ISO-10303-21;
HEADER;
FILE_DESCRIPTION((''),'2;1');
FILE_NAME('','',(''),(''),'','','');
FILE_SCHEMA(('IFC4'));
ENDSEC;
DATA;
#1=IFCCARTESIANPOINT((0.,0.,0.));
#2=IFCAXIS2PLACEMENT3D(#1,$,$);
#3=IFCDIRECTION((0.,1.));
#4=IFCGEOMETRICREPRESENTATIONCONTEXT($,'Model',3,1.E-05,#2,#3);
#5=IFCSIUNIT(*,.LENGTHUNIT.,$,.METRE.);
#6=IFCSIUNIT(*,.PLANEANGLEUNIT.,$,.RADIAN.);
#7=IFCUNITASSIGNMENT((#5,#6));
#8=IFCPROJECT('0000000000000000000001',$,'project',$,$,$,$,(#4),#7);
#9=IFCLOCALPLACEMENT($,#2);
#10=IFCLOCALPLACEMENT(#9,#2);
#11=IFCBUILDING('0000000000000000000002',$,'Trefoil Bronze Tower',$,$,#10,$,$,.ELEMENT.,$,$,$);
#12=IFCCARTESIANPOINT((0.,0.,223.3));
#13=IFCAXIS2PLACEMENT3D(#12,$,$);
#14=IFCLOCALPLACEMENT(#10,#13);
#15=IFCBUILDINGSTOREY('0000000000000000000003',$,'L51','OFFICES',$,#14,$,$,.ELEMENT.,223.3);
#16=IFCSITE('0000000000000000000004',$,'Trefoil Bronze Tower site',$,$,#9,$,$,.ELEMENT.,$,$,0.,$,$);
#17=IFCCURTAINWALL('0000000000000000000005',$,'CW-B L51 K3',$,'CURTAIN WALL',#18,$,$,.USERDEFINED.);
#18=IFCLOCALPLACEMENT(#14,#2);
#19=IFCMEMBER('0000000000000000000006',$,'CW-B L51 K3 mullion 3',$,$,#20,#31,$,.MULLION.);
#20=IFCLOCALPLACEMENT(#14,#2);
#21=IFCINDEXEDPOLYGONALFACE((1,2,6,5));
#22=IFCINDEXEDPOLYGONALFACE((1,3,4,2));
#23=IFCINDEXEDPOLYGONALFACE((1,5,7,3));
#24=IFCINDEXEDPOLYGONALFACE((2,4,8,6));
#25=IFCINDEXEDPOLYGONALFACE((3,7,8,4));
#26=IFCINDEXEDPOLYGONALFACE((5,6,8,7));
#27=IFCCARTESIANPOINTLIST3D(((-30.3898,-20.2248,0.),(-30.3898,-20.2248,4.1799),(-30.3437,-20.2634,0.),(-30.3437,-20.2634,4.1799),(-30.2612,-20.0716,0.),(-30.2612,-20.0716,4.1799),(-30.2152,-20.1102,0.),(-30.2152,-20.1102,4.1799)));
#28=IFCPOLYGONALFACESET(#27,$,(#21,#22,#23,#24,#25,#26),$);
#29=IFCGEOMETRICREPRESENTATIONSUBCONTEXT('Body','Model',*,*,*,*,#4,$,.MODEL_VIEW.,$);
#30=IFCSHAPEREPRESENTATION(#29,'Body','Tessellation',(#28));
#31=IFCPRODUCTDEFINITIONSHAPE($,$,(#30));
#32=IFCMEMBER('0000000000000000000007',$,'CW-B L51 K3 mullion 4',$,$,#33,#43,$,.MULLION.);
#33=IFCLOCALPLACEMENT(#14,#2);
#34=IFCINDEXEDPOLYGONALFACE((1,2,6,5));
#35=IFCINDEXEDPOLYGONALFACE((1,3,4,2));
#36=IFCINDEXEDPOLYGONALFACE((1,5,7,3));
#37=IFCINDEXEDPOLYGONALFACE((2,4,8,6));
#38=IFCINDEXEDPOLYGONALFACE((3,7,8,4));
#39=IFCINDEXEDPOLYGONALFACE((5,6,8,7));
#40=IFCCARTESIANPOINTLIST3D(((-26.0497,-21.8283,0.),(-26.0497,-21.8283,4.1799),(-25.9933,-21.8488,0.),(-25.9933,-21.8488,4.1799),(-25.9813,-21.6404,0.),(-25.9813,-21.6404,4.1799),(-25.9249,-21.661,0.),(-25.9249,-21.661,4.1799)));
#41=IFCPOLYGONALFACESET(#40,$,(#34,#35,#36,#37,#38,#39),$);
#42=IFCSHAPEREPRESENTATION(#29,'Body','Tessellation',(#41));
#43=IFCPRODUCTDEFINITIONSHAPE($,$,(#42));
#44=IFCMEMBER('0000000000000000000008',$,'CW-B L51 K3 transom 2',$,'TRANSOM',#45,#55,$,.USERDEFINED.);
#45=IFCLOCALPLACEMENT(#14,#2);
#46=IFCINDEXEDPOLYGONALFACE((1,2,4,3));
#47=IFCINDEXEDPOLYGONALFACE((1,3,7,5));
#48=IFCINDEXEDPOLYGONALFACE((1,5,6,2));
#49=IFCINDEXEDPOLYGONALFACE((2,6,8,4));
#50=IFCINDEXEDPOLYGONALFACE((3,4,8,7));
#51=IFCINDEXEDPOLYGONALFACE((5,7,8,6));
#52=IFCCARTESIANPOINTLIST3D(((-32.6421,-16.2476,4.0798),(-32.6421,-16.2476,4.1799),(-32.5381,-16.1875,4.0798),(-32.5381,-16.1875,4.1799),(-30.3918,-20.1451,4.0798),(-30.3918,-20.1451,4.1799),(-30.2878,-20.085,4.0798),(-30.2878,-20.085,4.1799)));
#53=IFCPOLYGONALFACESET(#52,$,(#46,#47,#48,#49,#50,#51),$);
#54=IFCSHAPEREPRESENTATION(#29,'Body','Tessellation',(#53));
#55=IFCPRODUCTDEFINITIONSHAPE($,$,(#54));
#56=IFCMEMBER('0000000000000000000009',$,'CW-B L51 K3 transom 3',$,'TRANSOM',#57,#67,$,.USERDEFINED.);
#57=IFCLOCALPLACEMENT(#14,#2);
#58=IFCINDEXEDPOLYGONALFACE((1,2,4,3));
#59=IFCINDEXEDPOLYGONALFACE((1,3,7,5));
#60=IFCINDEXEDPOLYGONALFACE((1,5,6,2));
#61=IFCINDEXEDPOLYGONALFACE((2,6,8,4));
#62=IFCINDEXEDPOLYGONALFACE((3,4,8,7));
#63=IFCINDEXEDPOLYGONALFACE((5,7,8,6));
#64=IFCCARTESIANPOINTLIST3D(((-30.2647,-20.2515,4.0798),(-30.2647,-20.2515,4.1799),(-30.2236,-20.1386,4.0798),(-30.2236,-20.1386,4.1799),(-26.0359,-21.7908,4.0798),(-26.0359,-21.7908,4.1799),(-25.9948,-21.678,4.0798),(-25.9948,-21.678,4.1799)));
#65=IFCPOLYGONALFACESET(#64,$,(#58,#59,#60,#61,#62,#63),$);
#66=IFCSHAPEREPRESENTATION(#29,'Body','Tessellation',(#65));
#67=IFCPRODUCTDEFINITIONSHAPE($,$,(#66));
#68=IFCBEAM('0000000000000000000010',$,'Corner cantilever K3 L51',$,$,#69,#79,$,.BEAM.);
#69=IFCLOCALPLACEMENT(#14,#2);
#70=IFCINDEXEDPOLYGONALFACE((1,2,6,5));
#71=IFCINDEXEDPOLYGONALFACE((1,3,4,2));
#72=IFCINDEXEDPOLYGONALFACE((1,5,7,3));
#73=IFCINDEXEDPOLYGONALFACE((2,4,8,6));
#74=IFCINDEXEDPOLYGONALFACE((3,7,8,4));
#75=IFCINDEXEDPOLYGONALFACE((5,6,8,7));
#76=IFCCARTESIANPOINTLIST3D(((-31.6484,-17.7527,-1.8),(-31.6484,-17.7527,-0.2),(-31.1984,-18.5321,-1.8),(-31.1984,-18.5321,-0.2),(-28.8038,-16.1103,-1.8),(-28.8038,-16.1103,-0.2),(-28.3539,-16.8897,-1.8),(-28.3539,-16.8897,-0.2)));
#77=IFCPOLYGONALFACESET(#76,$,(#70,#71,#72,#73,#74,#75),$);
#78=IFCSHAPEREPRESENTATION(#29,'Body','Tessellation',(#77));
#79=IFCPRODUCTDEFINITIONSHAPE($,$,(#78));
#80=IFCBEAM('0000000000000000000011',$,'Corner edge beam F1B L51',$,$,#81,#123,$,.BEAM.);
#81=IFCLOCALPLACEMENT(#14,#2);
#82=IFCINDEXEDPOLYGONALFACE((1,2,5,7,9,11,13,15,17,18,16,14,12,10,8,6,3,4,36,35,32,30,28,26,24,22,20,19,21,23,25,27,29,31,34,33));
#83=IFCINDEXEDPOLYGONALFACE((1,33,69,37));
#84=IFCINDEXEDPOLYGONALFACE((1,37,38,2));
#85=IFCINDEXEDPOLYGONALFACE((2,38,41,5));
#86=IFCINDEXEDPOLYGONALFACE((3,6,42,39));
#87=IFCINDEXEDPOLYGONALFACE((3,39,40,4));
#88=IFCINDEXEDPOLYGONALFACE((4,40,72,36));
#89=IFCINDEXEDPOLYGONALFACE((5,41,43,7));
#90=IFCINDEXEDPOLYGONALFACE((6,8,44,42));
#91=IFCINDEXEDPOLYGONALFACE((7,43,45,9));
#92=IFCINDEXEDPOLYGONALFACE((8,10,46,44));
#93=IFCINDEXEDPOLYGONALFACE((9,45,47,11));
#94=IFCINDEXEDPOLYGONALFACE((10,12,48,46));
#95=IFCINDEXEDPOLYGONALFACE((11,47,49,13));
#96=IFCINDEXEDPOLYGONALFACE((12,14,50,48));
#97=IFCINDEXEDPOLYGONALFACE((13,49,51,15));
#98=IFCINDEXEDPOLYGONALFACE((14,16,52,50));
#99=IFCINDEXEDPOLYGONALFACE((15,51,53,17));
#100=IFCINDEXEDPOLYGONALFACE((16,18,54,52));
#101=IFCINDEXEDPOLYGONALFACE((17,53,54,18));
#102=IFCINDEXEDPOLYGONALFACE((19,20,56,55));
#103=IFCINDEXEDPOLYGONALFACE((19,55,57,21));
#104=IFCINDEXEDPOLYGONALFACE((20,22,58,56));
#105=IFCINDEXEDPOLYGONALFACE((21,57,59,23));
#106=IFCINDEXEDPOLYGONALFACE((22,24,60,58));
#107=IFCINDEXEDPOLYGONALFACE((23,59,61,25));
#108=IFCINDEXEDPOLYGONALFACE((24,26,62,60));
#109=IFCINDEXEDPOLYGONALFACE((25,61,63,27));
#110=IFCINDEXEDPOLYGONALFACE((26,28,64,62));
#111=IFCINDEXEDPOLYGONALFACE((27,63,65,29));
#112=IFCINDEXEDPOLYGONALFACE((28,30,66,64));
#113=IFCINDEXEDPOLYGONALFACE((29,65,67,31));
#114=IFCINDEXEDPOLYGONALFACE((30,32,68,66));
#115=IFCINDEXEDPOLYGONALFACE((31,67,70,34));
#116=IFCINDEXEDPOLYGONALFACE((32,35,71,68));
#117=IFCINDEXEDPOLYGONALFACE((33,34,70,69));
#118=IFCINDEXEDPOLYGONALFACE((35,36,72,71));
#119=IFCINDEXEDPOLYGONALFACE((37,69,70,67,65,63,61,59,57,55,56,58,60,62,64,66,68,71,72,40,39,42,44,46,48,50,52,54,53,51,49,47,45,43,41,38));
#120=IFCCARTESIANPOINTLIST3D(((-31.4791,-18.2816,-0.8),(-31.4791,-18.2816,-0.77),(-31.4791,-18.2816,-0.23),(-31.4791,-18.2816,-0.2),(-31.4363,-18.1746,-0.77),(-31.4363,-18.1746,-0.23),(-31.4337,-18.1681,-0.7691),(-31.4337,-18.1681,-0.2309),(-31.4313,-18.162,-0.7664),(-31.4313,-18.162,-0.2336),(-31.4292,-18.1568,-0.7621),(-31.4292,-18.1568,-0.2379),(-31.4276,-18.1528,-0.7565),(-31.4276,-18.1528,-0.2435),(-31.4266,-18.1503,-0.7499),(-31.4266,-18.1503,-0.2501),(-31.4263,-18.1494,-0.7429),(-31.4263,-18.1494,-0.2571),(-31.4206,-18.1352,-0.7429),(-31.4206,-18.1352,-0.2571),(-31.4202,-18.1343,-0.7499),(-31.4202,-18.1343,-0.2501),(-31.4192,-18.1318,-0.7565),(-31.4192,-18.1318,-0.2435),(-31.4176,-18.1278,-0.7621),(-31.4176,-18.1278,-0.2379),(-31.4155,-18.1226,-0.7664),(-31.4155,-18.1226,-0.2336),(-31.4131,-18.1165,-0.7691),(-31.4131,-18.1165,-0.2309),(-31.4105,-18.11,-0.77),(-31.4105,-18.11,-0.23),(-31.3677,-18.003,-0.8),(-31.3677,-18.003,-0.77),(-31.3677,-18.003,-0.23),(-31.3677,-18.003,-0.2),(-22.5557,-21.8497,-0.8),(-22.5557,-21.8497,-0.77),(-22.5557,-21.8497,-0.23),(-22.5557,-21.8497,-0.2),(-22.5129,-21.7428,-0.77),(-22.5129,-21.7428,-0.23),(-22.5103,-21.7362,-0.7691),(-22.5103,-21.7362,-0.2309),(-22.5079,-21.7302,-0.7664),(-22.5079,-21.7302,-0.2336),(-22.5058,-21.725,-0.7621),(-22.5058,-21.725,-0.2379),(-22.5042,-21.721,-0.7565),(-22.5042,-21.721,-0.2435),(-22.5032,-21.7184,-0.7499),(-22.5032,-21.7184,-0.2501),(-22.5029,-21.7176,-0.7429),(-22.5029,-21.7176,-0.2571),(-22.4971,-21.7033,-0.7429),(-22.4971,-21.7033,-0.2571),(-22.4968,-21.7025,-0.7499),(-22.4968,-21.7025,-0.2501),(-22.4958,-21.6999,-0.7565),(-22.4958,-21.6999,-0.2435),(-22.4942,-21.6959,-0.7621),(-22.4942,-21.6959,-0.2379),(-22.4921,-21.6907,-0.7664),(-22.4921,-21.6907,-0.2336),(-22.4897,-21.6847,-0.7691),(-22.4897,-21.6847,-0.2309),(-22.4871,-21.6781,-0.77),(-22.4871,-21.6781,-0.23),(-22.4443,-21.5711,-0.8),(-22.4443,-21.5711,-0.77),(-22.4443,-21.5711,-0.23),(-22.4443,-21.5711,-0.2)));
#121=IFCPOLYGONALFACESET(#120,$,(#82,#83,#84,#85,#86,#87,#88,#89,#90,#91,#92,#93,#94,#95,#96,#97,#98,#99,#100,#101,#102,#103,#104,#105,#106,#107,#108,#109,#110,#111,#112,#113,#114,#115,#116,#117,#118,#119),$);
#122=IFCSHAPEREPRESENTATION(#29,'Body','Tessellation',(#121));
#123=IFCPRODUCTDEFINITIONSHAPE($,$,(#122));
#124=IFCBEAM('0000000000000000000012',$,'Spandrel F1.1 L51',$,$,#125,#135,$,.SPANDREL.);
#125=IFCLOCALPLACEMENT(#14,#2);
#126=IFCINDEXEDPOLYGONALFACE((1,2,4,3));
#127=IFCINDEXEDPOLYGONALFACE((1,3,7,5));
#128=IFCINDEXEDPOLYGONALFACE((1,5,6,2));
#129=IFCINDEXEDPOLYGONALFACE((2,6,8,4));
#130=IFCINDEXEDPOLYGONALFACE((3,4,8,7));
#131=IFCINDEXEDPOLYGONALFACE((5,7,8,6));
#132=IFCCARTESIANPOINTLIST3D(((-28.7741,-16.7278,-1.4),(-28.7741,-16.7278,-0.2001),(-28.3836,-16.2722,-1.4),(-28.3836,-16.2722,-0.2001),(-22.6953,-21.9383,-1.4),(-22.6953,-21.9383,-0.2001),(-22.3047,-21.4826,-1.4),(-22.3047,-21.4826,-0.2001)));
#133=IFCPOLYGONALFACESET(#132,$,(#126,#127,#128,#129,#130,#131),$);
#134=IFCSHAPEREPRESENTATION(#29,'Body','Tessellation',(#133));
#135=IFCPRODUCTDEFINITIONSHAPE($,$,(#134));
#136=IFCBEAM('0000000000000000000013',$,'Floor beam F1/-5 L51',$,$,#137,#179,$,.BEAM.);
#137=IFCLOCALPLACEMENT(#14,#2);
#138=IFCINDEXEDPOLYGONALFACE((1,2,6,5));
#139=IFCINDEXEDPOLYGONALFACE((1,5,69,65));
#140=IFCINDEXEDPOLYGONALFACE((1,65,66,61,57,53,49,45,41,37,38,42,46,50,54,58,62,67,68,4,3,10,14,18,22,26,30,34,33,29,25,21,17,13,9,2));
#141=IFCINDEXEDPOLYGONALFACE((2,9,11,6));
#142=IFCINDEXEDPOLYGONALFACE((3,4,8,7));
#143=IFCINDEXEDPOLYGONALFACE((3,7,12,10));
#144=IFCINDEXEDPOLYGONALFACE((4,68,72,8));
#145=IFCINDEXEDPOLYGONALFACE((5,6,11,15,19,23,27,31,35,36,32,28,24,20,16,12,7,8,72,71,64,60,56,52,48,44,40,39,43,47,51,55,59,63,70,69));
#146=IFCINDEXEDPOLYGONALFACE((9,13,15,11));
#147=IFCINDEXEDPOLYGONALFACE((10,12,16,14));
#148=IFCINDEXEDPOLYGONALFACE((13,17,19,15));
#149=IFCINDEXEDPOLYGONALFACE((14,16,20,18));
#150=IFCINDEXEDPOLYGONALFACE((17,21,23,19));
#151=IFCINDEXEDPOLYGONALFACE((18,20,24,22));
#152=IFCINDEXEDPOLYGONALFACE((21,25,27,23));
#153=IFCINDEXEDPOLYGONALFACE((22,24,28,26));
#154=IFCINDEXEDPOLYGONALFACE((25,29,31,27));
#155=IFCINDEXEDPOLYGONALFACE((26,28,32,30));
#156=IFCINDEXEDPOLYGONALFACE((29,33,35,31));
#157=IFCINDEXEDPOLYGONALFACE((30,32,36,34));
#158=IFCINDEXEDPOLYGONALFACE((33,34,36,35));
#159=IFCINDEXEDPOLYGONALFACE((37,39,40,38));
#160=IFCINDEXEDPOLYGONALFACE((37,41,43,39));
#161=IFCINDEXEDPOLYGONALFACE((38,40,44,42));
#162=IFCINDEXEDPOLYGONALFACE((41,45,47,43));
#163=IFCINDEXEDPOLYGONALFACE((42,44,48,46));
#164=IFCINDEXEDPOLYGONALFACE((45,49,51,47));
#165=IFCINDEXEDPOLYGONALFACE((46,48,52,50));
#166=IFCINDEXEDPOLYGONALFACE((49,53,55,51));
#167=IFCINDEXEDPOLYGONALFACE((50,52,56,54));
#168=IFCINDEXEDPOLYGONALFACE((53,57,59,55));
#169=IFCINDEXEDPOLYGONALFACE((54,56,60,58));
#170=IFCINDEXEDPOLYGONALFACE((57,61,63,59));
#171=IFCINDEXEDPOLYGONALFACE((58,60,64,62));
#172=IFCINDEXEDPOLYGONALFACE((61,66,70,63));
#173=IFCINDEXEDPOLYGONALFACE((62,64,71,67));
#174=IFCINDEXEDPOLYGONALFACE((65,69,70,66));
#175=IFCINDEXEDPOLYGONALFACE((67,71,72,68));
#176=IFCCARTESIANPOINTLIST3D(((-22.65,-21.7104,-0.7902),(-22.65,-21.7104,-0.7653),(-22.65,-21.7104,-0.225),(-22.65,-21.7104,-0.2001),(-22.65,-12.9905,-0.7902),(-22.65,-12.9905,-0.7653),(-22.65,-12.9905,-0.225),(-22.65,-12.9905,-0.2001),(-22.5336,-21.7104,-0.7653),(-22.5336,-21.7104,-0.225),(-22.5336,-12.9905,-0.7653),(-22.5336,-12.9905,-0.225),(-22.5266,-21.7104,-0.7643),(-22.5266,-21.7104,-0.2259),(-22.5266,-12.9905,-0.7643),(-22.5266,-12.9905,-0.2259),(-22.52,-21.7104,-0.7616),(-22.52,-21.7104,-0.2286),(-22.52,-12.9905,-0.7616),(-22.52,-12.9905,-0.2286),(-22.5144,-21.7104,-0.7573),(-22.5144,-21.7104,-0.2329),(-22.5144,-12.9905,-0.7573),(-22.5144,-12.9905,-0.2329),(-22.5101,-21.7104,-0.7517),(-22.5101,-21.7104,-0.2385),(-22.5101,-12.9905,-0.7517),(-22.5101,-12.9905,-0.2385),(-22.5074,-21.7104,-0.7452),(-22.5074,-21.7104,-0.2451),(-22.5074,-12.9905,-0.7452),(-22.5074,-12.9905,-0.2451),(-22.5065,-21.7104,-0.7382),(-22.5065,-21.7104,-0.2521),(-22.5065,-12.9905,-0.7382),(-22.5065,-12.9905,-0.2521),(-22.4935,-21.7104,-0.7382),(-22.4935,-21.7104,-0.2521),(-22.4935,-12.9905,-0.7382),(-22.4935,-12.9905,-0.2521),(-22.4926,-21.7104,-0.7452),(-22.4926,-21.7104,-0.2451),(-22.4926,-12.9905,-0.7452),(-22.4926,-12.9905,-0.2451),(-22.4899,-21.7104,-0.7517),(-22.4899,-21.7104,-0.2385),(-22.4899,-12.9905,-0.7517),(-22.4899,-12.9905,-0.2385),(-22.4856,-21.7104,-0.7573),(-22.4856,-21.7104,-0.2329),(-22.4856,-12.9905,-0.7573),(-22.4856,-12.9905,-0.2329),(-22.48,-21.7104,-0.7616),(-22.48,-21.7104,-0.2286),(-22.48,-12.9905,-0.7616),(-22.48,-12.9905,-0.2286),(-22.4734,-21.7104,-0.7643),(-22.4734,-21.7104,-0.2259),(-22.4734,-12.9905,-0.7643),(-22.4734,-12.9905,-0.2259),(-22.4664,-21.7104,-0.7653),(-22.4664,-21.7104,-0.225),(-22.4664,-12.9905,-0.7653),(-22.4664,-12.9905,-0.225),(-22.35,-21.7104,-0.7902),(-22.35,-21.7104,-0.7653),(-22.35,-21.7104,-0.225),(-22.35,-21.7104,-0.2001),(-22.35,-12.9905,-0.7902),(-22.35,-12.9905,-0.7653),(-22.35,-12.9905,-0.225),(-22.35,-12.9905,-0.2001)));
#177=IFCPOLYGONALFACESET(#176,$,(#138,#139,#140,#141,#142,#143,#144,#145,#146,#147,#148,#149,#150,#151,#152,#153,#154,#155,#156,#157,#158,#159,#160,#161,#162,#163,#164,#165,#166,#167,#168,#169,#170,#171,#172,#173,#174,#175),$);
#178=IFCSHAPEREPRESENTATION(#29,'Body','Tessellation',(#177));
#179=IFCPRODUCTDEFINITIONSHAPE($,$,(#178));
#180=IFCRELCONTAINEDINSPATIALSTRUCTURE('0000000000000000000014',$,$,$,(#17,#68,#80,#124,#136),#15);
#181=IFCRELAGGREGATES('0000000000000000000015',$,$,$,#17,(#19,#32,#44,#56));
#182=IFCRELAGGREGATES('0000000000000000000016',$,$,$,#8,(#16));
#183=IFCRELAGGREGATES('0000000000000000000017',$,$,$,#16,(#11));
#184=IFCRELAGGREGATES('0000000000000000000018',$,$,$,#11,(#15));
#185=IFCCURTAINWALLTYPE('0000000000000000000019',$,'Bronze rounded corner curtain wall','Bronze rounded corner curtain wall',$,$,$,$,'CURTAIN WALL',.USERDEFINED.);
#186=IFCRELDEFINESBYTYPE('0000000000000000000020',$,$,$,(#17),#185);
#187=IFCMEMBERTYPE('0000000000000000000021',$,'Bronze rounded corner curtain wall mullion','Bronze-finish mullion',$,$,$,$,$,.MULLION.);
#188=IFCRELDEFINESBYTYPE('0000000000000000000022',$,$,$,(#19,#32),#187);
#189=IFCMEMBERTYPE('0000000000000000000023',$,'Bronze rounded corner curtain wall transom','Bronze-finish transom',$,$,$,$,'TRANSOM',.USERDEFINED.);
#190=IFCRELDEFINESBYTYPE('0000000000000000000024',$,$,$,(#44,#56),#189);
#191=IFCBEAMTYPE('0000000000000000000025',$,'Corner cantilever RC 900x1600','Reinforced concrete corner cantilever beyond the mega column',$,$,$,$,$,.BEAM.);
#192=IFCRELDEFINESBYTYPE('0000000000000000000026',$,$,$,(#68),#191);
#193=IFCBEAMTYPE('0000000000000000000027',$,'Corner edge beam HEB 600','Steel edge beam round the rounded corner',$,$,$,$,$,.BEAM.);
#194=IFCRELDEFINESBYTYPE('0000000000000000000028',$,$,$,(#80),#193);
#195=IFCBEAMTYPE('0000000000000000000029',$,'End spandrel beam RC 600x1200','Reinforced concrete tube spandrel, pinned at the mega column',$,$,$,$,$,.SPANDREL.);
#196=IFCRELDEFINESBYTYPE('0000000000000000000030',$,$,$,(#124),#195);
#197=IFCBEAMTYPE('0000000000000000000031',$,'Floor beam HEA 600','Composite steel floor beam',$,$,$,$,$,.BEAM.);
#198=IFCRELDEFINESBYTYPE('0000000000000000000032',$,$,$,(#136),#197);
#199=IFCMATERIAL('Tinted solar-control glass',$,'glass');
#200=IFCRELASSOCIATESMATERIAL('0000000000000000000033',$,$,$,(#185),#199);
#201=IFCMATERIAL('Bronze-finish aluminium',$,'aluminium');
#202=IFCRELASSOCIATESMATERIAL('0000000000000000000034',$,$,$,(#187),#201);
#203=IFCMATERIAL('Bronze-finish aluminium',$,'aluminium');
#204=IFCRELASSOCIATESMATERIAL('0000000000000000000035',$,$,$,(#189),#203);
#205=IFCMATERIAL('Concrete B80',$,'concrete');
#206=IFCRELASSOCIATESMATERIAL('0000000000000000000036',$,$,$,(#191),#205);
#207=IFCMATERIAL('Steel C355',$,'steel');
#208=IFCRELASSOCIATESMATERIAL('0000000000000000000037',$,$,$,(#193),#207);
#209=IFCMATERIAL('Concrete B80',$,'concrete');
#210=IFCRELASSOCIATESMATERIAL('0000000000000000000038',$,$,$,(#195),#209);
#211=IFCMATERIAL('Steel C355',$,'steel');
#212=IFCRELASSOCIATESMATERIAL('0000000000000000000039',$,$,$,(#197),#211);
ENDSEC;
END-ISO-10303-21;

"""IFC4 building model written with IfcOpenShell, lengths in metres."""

from ifc_helpers import new_model, si_unit, direction, frame, origin, origin_2d, place, context, subcontext, project, spatial, rectangle, i_section, extrude, material, material_profile, profile_set, type_object, element, aggregate, save


model = new_model("IFC4")

# Units and contexts
model_context = context("Model", 3, precision=1e-05, world=origin(), true_north=direction((0.0, 1.0)))
body_context = subcontext(model_context, "Body", "Model", "MODEL_VIEW")
ifc_project = project(units=[si_unit("LENGTHUNIT", "METRE"), si_unit("PLANEANGLEUNIT", "RADIAN")], contexts=[model_context])

# Site, building, storey
site_placement = place(None, origin())
site = spatial("IfcSite", under=ifc_project, at=site_placement, Name="Trefoil Bronze Tower site", CompositionType="ELEMENT", RefElevation=0.0)
building_placement = place(site_placement, origin())
building = spatial("IfcBuilding", under=site, at=building_placement, Name="Trefoil Bronze Tower", CompositionType="ELEMENT")
storey_placement = place(building_placement, frame((0.0, 0.0, 223.3)))
storey = spatial("IfcBuildingStorey", under=building, at=storey_placement, Name="L51", Description="OFFICES", CompositionType="ELEMENT", Elevation=223.3)

# Curtain wall, members
ifc_material_1 = material(Name="Tinted solar-control glass", Category="glass")
curtain_wall_type_1 = type_object("IfcCurtainWallType", Name="Bronze rounded corner curtain wall", Description="Bronze rounded corner curtain wall", ElementType="CURTAIN WALL", PredefinedType="USERDEFINED", material=ifc_material_1)
curtain_wall_1_placement = place(storey_placement, origin())
curtain_wall_1 = element("IfcCurtainWall", 1, at=curtain_wall_1_placement, inside=storey, type_object=curtain_wall_type_1, Name="CW-B L51 K3", ObjectType="CURTAIN WALL", PredefinedType="USERDEFINED")
ifc_material_2 = material(Name="Bronze-finish aluminium", Category="aluminium")
ifc_material_profile_1 = material_profile(ifc_material_2, rectangle(XDim=0.2, YDim=0.0601, at=origin_2d()), Name="CW-B mullion")
ifc_profile_set_1 = profile_set([ifc_material_profile_1], Name="Bronze-finish aluminium")
member_type_1 = type_object("IfcMemberType", Name="Bronze rounded corner curtain wall mullion", Description="Bronze-finish mullion", PredefinedType="MULLION", material=ifc_profile_set_1)
member_1_placement = place(storey_placement, frame((-30.3025, -20.1675, 0.0), z_axis=(0.0, 0.0, 1.0), x_axis=(0.642788, 0.766044, 0.0)))
member_1 = element("IfcMember", 2, at=member_1_placement, type_object=member_type_1, Name="CW-B L51 K3 mullion 3", PredefinedType="MULLION", context=body_context, shape_type="SweptSolid", body=[
    extrude(rectangle(XDim=0.2, YDim=0.0601, at=origin_2d()), origin(), (0.0, 0.0, 1.0), 4.1799),
])
member_2_placement = place(storey_placement, frame((-25.9873, -21.7446, 0.0), z_axis=(0.0, 0.0, 1.0), x_axis=(0.34202, 0.939693, 0.0)))
member_2 = element("IfcMember", 3, at=member_2_placement, type_object=member_type_1, Name="CW-B L51 K3 mullion 4", PredefinedType="MULLION", context=body_context, shape_type="SweptSolid", body=[
    extrude(rectangle(XDim=0.2, YDim=0.0601, at=origin_2d()), origin(), (0.0, 0.0, 1.0), 4.1799),
])
ifc_material_3 = material(Name="Bronze-finish aluminium", Category="aluminium")
ifc_material_profile_2 = material_profile(ifc_material_3, rectangle(XDim=0.1201, YDim=0.1001, at=origin_2d()), Name="CW-B transom")
ifc_profile_set_2 = profile_set([ifc_material_profile_2], Name="Bronze-finish aluminium")
member_type_2 = type_object("IfcMemberType", Name="Bronze rounded corner curtain wall transom", Description="Bronze-finish transom", ElementType="TRANSOM", PredefinedType="USERDEFINED", material=ifc_profile_set_2)
member_3_placement = place(storey_placement, frame((-32.5901, -16.2175, 4.1299), z_axis=(0.500007, -0.866021, 0.0), x_axis=(0.866021, 0.500007, 0.0)))
member_3 = element("IfcMember", 4, at=member_3_placement, type_object=member_type_2, Name="CW-B L51 K3 transom 2", ObjectType="TRANSOM", PredefinedType="USERDEFINED", context=body_context, shape_type="SweptSolid", body=[
    extrude(rectangle(XDim=0.1201, YDim=0.1001, at=origin_2d()), origin(), (0.0, 0.0, 1.0), 4.5005),
])
member_4_placement = place(storey_placement, frame((-30.2441, -20.1951, 4.1299), z_axis=(0.939681, -0.342052, 0.0), x_axis=(0.342052, 0.939681, 0.0)))
member_4 = element("IfcMember", 5, at=member_4_placement, type_object=member_type_2, Name="CW-B L51 K3 transom 3", ObjectType="TRANSOM", PredefinedType="USERDEFINED", context=body_context, shape_type="SweptSolid", body=[
    extrude(rectangle(XDim=0.1201, YDim=0.1001, at=origin_2d()), origin(), (0.0, 0.0, 1.0), 4.5002),
])

# Beams
ifc_material_4 = material(Name="Concrete B80", Category="concrete")
ifc_material_profile_3 = material_profile(ifc_material_4, rectangle(XDim=0.8999, YDim=1.6001, at=origin_2d()), Name="RC 900x1600")
ifc_profile_set_3 = profile_set([ifc_material_profile_3], Name="Concrete B80")
beam_type_1 = type_object("IfcBeamType", Name="Corner cantilever RC 900x1600", Description="Reinforced concrete corner cantilever beyond the mega column", PredefinedType="BEAM", material=ifc_profile_set_3)
beam_1_placement = place(storey_placement, frame((-28.5789, -16.5, -1.0), z_axis=(-0.866016, -0.500016, 0.0), x_axis=(0.500016, -0.866016, 0.0)))
element("IfcBeam", 6, at=beam_1_placement, inside=storey, type_object=beam_type_1, Name="Corner cantilever K3 L51", PredefinedType="BEAM", context=body_context, shape_type="SweptSolid", body=[
    extrude(rectangle(XDim=0.8999, YDim=1.6001, at=origin_2d()), origin(), (0.0, 0.0, 1.0), 3.2847),
])
ifc_material_5 = material(Name="Steel C355", Category="steel")
ifc_material_profile_4 = material_profile(ifc_material_5, i_section(OverallWidth=0.3, OverallDepth=0.6001, WebThickness=0.0154, FlangeThickness=0.03, FilletRadius=0.0271, at=origin_2d()), Name="HEB 600")
ifc_profile_set_4 = profile_set([ifc_material_profile_4], Name="Steel C355")
beam_type_2 = type_object("IfcBeamType", Name="Corner edge beam HEB 600", Description="Steel edge beam round the rounded corner", PredefinedType="BEAM", material=ifc_profile_set_4)
beam_2_placement = place(storey_placement, frame((-22.5, -21.7104, -0.5), z_axis=(-0.92852, 0.371281, 0.0), x_axis=(-0.371281, -0.92852, 0.0)))
element("IfcBeam", 7, at=beam_2_placement, inside=storey, type_object=beam_type_2, Name="Corner edge beam F1B L51", PredefinedType="BEAM", context=body_context, shape_type="SweptSolid", body=[
    extrude(i_section(OverallWidth=0.3, OverallDepth=0.6001, WebThickness=0.0154, FlangeThickness=0.03, FilletRadius=0.0271, at=origin_2d()), origin(), (0.0, 0.0, 1.0), 9.6104),
])
ifc_material_6 = material(Name="Concrete B80", Category="concrete")
ifc_material_profile_5 = material_profile(ifc_material_6, rectangle(XDim=0.6001, YDim=1.2, at=origin_2d()), Name="RC 600x1200")
ifc_profile_set_5 = profile_set([ifc_material_profile_5], Name="Concrete B80")
beam_type_3 = type_object("IfcBeamType", Name="End spandrel beam RC 600x1200", Description="Reinforced concrete tube spandrel, pinned at the mega column", PredefinedType="SPANDREL", material=ifc_profile_set_5)
beam_3_placement = place(storey_placement, frame((-28.5789, -16.5, -0.8), z_axis=(0.759257, -0.650791, 0.0), x_axis=(0.650791, 0.759257, 0.0)))
element("IfcBeam", 8, at=beam_3_placement, inside=storey, type_object=beam_type_3, Name="Spandrel F1.1 L51", PredefinedType="SPANDREL", context=body_context, shape_type="SweptSolid", body=[
    extrude(rectangle(XDim=0.6001, YDim=1.2, at=origin_2d()), origin(), (0.0, 0.0, 1.0), 8.0063),
])
ifc_material_7 = material(Name="Steel C355", Category="steel")
ifc_material_profile_6 = material_profile(ifc_material_7, i_section(OverallWidth=0.3, OverallDepth=0.5901, WebThickness=0.0129, FlangeThickness=0.0249, FilletRadius=0.0271, at=origin_2d()), Name="HEA 600")
ifc_profile_set_6 = profile_set([ifc_material_profile_6], Name="Steel C355")
beam_type_4 = type_object("IfcBeamType", Name="Floor beam HEA 600", Description="Composite steel floor beam", PredefinedType="BEAM", material=ifc_profile_set_6)
beam_4_placement = place(storey_placement, frame((-22.5, -21.7104, -0.4951), z_axis=(0.0, 1.0, 0.0), x_axis=(-1.0, 0.0, 0.0)))
element("IfcBeam", 9, at=beam_4_placement, inside=storey, type_object=beam_type_4, Name="Floor beam F1/-5 L51", PredefinedType="BEAM", context=body_context, shape_type="SweptSolid", body=[
    extrude(i_section(OverallWidth=0.3, OverallDepth=0.5901, WebThickness=0.0129, FlangeThickness=0.0249, FilletRadius=0.0271, at=origin_2d()), origin(), (0.0, 0.0, 1.0), 8.72),
])

aggregate(curtain_wall_1, [member_1, member_2, member_3, member_4])

save(model, "model.ifc")
